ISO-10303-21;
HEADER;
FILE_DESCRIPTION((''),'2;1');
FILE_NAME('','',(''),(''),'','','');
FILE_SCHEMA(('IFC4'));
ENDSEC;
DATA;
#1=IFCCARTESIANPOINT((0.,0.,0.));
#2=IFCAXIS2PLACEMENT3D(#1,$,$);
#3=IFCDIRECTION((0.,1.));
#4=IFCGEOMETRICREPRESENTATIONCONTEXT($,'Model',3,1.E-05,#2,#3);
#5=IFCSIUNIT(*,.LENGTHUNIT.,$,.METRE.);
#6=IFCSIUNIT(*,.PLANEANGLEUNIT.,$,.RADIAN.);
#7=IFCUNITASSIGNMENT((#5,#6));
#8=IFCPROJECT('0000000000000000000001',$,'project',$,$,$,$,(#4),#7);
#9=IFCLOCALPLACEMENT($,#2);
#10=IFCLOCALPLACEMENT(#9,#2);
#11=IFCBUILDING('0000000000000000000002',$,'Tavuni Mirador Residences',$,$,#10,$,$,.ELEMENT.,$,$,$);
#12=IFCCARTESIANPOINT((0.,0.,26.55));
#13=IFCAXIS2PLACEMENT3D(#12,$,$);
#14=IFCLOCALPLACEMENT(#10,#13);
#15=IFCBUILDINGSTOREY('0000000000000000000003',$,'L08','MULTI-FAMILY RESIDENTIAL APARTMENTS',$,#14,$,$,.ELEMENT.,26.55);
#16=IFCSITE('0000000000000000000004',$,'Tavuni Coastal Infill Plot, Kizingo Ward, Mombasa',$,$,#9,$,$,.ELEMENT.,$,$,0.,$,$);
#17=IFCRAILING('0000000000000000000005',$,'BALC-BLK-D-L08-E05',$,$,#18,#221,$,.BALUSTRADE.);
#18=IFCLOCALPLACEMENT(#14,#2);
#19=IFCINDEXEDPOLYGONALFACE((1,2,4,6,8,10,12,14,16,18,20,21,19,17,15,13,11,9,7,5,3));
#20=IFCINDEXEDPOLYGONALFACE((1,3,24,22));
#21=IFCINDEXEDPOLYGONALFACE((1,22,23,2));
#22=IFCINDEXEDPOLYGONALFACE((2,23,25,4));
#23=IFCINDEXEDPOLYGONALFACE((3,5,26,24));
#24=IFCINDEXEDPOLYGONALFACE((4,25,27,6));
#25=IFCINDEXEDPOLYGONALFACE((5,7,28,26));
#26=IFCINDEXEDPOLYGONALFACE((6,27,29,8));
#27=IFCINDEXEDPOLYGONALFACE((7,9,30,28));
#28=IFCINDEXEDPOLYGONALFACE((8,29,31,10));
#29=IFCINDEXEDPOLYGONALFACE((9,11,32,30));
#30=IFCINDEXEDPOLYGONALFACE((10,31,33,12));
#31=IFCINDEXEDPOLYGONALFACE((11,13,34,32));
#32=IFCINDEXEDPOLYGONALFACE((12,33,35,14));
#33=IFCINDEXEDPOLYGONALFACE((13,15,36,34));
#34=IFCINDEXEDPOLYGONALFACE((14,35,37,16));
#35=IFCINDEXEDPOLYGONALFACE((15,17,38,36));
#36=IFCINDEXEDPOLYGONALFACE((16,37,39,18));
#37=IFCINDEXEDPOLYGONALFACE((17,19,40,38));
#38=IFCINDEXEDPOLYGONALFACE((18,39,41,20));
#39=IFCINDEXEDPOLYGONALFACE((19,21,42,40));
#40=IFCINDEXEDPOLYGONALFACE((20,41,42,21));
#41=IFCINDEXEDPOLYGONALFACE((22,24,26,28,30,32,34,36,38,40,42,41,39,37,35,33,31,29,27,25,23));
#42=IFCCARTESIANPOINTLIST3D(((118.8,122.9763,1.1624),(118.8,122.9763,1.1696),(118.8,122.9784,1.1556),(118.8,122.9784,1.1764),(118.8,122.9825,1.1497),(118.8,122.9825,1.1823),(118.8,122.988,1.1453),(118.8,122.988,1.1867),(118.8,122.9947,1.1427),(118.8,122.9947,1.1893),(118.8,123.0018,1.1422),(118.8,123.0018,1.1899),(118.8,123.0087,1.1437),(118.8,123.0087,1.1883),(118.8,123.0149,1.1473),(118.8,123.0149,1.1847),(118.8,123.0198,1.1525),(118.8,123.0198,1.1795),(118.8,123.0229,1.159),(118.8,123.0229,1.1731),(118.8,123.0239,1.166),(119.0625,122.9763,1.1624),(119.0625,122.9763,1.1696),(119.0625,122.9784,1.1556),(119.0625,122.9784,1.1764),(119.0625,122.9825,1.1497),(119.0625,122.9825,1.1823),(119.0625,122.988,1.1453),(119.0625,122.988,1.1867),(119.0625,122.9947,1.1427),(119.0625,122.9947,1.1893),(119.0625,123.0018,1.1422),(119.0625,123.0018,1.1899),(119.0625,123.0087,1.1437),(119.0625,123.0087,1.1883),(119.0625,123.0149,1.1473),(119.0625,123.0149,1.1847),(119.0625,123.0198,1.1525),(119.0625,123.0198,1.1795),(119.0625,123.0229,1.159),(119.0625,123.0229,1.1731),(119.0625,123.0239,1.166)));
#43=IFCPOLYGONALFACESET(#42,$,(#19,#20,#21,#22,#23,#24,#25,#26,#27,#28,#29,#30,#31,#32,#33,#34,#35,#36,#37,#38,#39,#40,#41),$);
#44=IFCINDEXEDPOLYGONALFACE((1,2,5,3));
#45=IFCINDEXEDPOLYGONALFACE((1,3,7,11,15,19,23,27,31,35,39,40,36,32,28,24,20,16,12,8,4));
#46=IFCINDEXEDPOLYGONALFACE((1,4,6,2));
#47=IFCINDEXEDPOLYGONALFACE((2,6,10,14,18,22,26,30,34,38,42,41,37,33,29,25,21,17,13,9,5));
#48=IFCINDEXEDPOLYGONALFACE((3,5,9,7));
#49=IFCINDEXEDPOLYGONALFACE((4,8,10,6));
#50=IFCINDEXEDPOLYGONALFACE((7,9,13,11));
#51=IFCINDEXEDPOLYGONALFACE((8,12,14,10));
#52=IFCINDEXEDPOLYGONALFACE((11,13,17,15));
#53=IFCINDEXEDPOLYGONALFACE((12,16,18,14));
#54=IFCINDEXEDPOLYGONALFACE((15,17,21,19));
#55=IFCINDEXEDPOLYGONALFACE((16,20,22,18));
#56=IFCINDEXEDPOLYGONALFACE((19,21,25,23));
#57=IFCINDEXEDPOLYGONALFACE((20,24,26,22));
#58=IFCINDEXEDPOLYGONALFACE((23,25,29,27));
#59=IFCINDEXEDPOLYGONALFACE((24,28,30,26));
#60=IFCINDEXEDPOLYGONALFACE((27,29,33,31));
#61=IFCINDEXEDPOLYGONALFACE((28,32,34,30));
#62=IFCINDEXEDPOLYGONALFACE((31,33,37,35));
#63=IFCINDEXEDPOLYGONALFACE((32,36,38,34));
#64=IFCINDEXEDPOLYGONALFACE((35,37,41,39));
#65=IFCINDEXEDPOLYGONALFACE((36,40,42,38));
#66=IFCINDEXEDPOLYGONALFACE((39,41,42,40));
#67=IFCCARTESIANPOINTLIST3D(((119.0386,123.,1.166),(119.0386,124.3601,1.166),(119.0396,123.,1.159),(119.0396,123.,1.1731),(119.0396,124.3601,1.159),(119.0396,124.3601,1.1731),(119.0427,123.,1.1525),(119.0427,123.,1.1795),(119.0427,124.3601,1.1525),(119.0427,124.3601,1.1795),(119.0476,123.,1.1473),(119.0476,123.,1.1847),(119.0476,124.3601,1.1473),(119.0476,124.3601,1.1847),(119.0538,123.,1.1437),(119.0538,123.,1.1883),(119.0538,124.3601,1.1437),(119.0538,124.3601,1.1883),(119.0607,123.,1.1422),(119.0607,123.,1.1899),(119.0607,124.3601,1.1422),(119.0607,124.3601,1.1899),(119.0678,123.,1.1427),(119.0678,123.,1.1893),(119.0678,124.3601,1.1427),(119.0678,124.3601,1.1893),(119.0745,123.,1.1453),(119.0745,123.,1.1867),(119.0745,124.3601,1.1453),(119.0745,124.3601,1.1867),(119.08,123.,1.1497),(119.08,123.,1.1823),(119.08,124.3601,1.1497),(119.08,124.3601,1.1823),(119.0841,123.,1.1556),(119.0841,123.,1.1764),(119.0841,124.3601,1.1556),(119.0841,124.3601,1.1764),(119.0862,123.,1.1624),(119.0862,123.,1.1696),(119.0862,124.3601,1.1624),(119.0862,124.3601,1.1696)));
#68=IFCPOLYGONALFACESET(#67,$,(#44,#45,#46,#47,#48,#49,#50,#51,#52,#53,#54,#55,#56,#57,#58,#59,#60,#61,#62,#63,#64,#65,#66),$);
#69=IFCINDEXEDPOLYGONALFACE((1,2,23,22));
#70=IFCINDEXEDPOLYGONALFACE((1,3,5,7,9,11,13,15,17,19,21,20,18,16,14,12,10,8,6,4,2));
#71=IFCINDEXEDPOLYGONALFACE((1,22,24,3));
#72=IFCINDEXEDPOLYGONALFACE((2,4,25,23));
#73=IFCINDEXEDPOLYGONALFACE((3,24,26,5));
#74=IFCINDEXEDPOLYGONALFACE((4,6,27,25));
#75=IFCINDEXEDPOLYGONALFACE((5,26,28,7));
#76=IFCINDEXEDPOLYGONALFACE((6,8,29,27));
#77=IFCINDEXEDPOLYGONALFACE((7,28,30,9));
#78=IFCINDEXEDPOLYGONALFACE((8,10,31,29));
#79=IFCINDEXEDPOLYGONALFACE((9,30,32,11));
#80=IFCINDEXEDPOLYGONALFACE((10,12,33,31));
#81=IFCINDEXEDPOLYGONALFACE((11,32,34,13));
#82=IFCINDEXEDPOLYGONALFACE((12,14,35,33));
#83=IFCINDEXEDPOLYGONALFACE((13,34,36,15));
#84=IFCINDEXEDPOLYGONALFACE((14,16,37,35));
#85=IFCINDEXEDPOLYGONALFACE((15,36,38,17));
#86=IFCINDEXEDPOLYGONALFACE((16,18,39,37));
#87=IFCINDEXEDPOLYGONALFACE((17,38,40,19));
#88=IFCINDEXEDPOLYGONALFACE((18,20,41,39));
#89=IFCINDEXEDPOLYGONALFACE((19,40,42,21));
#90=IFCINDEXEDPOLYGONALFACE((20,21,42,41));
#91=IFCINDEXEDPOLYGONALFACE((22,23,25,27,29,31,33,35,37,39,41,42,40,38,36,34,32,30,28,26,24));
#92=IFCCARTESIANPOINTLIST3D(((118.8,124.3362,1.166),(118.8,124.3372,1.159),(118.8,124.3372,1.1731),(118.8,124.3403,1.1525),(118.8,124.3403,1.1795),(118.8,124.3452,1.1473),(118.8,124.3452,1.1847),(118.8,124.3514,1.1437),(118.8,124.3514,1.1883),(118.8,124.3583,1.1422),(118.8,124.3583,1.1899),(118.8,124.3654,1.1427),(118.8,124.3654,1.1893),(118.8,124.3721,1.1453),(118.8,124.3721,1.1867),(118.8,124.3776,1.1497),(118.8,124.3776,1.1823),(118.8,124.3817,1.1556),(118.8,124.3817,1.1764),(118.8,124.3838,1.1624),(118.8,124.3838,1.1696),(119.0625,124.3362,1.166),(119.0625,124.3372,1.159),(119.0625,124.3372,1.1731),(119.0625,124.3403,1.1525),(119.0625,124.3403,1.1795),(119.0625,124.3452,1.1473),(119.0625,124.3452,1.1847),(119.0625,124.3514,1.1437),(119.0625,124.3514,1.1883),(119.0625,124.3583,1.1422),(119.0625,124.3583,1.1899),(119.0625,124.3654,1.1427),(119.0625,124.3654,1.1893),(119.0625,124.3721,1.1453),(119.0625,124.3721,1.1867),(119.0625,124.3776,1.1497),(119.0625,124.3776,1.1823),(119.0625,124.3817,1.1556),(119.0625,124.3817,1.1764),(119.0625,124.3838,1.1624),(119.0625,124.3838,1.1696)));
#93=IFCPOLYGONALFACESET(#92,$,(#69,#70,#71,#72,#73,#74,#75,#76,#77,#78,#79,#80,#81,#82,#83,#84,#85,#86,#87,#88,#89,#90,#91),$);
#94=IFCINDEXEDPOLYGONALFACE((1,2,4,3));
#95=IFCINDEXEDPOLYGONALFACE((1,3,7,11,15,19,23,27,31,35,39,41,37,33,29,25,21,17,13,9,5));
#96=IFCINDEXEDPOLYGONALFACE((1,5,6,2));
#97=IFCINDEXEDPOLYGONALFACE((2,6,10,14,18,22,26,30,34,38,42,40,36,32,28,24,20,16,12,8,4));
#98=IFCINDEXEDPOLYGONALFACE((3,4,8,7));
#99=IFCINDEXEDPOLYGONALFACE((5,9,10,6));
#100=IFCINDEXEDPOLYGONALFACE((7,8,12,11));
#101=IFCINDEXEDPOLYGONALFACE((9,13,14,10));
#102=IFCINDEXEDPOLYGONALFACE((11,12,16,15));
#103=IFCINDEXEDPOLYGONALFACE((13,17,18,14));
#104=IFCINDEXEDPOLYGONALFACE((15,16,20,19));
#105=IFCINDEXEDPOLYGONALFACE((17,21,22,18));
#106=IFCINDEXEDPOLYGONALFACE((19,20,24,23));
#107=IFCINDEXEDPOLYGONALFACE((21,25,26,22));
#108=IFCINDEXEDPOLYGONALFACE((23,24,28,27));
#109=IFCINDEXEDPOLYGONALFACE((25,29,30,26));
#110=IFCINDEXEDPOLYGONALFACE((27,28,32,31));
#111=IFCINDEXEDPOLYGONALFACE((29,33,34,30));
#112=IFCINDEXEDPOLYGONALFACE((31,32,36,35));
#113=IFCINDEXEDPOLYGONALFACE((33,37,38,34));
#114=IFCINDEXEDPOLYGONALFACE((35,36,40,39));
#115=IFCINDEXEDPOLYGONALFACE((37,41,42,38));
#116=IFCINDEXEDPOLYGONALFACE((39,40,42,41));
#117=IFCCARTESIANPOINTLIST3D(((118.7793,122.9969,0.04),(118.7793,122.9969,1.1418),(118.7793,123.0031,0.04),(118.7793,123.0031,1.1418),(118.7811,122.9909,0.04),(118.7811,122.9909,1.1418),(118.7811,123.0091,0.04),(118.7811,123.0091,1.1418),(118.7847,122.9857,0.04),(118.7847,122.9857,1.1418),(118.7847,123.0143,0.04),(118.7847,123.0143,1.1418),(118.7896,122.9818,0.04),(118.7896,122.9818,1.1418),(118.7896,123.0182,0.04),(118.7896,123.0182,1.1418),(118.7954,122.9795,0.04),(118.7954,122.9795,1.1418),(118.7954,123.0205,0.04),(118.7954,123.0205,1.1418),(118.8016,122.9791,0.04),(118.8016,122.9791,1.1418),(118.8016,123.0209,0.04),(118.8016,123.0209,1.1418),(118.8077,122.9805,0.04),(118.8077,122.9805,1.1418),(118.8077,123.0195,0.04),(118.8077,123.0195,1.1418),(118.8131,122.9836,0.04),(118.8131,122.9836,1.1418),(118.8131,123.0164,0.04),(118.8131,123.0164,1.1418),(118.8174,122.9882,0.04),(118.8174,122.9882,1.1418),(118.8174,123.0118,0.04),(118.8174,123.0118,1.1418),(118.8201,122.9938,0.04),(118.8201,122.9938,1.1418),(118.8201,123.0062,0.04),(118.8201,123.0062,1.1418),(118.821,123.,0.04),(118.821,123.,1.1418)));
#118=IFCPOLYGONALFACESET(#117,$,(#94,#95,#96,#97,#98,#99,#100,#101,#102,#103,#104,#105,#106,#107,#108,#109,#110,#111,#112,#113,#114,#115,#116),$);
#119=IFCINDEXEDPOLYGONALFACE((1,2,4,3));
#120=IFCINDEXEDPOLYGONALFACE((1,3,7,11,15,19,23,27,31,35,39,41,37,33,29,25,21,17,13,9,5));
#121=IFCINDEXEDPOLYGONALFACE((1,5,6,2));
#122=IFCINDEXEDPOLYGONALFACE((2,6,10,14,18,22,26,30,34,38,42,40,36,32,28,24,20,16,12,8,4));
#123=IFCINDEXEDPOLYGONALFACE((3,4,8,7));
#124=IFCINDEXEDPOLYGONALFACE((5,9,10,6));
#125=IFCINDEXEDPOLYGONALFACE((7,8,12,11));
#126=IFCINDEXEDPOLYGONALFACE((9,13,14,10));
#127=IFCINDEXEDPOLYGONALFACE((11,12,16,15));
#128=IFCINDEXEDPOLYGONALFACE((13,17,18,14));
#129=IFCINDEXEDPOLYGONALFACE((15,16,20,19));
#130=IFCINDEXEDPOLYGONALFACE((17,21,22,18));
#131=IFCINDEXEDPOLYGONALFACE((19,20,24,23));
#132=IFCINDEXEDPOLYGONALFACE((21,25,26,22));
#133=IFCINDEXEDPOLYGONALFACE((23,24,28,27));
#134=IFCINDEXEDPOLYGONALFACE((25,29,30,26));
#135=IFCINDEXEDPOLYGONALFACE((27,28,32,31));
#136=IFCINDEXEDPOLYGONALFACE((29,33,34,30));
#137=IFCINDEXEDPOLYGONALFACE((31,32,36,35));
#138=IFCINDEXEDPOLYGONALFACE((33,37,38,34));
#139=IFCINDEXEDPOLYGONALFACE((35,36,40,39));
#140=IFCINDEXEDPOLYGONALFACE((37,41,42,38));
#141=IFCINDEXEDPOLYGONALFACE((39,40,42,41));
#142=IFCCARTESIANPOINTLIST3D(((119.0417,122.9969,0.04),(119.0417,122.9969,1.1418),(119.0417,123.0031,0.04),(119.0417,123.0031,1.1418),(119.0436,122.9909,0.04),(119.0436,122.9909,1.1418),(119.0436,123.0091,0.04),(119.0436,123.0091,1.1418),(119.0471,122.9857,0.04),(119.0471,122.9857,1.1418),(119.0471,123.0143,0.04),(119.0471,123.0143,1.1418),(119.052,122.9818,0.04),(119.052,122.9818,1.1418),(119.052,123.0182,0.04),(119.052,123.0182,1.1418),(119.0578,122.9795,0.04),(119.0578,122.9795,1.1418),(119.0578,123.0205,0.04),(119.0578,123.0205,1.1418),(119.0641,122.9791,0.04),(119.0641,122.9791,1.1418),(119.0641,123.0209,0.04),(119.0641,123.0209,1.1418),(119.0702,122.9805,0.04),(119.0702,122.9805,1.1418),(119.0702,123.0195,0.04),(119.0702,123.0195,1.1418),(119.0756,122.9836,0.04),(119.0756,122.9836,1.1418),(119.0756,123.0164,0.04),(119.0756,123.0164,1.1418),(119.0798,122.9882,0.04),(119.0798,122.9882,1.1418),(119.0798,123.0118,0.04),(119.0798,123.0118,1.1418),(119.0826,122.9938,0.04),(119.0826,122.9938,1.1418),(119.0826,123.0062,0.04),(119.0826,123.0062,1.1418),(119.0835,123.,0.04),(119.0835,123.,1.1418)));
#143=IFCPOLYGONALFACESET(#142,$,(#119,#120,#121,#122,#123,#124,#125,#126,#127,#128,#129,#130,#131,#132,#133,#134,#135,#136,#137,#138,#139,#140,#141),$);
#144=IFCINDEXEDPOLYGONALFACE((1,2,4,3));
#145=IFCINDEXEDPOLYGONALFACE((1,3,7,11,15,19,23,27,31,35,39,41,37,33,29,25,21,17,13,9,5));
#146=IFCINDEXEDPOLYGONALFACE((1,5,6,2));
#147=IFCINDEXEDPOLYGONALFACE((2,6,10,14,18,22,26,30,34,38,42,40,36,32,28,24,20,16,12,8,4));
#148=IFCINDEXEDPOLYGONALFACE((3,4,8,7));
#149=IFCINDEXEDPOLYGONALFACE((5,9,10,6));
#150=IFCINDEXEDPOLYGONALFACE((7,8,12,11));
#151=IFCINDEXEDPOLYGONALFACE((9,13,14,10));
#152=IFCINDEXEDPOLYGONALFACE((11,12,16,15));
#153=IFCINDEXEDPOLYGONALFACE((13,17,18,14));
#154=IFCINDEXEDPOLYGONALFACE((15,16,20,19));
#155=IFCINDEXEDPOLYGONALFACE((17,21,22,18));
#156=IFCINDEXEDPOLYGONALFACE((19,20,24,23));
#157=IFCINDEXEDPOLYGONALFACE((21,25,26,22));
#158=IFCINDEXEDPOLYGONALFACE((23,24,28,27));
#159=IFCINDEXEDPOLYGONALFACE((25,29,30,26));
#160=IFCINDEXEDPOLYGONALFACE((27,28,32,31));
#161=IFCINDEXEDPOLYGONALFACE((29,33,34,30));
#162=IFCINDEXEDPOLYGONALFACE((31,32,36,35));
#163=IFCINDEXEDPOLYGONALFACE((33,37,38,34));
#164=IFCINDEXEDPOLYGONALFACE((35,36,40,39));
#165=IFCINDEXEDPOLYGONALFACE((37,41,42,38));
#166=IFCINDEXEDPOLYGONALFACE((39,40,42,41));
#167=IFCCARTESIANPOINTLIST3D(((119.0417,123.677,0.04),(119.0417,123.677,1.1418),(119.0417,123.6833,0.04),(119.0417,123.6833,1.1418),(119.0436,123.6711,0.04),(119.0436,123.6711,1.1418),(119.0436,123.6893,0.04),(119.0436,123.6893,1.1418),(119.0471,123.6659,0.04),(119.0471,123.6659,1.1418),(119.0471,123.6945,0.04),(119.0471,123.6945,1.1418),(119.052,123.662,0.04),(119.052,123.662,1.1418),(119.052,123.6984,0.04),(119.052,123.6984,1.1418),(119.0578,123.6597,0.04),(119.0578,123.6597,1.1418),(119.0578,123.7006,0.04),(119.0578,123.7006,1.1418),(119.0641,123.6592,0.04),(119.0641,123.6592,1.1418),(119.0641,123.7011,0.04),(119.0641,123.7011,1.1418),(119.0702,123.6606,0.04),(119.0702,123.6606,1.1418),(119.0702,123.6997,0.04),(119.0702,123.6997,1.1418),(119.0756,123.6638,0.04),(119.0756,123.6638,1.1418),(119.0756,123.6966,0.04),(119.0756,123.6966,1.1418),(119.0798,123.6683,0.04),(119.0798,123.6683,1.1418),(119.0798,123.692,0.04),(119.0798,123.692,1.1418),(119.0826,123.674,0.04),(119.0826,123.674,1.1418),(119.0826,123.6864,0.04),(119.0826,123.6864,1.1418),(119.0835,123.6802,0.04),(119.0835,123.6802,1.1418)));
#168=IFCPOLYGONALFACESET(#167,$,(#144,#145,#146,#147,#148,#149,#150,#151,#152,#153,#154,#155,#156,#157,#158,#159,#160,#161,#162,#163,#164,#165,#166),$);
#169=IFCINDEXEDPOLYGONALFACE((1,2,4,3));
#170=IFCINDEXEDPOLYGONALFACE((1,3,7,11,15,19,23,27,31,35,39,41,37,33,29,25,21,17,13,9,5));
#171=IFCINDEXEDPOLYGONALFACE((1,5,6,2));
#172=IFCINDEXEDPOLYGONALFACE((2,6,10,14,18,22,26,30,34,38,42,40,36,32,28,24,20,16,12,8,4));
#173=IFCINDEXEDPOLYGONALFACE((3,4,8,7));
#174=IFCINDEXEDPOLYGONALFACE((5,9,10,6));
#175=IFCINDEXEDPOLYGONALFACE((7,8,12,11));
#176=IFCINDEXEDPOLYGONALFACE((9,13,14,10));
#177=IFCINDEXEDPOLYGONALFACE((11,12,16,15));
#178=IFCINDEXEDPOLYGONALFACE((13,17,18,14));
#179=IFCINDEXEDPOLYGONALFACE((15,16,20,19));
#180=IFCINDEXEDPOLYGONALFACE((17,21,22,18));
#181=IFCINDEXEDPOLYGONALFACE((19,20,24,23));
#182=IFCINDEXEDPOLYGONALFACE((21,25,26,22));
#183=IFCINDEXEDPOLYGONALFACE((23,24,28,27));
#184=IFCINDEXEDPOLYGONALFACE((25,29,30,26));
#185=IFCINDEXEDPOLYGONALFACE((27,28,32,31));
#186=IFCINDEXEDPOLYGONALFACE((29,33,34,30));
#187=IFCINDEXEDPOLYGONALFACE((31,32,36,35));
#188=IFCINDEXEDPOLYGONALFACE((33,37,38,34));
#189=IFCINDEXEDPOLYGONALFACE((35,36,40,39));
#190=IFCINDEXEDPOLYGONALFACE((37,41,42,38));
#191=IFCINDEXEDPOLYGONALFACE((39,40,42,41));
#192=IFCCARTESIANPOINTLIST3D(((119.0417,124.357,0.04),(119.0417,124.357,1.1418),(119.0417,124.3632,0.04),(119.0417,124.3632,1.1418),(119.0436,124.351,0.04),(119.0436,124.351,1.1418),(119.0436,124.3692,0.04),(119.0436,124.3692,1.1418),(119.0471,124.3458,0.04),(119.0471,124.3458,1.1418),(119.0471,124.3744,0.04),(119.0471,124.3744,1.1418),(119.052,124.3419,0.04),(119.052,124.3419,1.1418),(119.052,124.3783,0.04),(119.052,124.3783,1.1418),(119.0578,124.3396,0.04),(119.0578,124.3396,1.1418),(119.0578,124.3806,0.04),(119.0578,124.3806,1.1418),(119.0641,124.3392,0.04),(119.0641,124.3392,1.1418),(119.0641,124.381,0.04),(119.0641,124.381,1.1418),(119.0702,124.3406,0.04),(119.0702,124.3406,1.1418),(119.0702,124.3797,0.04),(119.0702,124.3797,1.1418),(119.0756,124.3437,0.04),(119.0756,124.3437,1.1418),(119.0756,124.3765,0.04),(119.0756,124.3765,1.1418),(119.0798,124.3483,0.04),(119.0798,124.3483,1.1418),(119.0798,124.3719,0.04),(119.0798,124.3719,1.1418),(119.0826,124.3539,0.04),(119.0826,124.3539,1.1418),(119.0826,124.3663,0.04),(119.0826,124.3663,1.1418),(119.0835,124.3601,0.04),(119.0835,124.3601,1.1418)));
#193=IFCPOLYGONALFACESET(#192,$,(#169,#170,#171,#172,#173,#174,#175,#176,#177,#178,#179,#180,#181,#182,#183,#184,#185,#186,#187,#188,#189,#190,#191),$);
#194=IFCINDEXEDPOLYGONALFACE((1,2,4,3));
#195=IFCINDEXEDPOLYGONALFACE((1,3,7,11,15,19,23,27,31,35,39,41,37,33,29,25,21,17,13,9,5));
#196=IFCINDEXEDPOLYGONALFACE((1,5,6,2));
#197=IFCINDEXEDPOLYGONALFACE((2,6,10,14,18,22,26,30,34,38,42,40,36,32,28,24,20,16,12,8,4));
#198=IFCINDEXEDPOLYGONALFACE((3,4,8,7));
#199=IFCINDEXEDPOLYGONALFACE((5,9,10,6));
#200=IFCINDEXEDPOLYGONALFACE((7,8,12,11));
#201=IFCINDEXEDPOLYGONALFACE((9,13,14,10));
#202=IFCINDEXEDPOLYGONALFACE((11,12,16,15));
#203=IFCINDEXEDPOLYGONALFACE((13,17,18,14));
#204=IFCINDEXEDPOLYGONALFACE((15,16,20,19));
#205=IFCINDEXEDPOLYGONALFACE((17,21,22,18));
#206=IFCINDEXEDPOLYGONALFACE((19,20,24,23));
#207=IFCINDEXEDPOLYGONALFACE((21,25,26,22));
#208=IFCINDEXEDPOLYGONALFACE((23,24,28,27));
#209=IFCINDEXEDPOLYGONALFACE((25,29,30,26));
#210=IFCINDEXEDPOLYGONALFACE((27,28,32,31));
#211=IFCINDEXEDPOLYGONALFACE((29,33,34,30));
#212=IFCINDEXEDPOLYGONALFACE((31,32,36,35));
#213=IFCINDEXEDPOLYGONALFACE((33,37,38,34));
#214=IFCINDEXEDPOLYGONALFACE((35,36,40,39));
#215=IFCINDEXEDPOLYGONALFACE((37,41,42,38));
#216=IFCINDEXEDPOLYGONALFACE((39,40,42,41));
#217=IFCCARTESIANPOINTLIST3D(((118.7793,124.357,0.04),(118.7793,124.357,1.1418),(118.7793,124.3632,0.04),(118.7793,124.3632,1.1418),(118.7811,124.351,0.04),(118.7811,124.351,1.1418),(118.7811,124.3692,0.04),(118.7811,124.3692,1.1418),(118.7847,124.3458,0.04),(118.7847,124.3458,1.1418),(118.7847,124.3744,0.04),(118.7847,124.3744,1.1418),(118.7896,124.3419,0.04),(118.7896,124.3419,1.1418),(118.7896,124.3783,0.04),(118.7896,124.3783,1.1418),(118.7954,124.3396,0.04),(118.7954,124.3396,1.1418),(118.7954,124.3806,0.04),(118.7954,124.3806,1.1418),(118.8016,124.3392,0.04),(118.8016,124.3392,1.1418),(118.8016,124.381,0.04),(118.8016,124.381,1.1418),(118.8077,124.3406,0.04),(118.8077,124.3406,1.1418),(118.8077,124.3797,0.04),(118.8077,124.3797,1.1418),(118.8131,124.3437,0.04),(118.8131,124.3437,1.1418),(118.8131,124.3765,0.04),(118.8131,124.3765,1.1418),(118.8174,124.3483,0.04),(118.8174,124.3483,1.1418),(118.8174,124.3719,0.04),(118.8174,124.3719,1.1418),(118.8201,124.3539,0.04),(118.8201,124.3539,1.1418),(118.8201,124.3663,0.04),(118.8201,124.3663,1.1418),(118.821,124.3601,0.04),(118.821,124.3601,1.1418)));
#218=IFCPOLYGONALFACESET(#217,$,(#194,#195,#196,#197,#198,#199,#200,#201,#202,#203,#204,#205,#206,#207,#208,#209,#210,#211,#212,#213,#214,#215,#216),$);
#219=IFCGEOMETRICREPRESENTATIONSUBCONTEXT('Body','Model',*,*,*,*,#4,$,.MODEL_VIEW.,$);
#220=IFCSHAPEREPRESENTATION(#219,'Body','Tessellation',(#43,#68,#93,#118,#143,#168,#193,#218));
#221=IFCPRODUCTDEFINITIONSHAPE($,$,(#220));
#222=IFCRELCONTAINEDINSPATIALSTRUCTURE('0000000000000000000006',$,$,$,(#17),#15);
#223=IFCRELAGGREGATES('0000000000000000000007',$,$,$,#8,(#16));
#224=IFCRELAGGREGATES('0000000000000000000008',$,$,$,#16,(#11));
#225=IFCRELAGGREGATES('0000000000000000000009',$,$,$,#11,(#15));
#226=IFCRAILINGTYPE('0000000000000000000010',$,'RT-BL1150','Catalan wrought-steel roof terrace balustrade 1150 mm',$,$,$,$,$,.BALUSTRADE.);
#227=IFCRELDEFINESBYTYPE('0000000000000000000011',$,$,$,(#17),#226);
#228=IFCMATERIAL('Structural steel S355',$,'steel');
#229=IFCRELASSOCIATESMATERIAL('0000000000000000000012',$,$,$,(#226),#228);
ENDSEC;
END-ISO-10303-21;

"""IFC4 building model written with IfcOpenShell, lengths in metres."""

from ifc_helpers import new_model, si_unit, direction, frame, origin, origin_2d, place, context, subcontext, project, spatial, circle, extrude, material, type_object, element, save


model = new_model("IFC4")

# Units and contexts
model_context = context("Model", 3, precision=1e-05, world=origin(), true_north=direction((0.0, 1.0)))
body_context = subcontext(model_context, "Body", "Model", "MODEL_VIEW")
ifc_project = project(units=[si_unit("LENGTHUNIT", "METRE"), si_unit("PLANEANGLEUNIT", "RADIAN")], contexts=[model_context])

# Site, building, storey
site_placement = place(None, origin())
site = spatial("IfcSite", under=ifc_project, at=site_placement, Name="Tavuni Coastal Infill Plot, Kizingo Ward, Mombasa", CompositionType="ELEMENT", RefElevation=0.0)
building_placement = place(site_placement, origin())
building = spatial("IfcBuilding", under=site, at=building_placement, Name="Tavuni Mirador Residences", CompositionType="ELEMENT")
storey_placement = place(building_placement, frame((0.0, 0.0, 26.55)))
storey = spatial("IfcBuildingStorey", under=building, at=storey_placement, Name="L08", Description="MULTI-FAMILY RESIDENTIAL APARTMENTS", CompositionType="ELEMENT", Elevation=26.55)

# Railing
ifc_material_1 = material(Name="Structural steel S355", Category="steel")
railing_type = type_object("IfcRailingType", Name="RT-BL1150", Description="Catalan wrought-steel roof terrace balustrade 1150 mm", PredefinedType="BALUSTRADE", material=ifc_material_1)
railing_placement = place(storey_placement, frame((118.8, 123.0, 0.04)))
element("IfcRailing", 1, at=railing_placement, inside=storey, type_object=railing_type, Name="BALC-BLK-D-L08-E05", PredefinedType="BALUSTRADE", context=body_context, shape_type="SweptSolid", body=[
    extrude(circle(Radius=0.0239, at=origin_2d()), frame((0.0, 0.0, 1.126), z_axis=(1.0, 0.0, 0.0), x_axis=(0.0, 1.0, 0.0)), (0.0, 0.0, 1.0), 0.2625),
    extrude(circle(Radius=0.0239, at=origin_2d()), frame((0.2625, 0.0, 1.126), z_axis=(0.0, 1.0, 0.0), x_axis=(-1.0, 0.0, 0.0)), (0.0, 0.0, 1.0), 1.3601),
    extrude(circle(Radius=0.0239, at=origin_2d()), frame((0.2625, 1.3601, 1.126), z_axis=(-1.0, 0.0, 0.0), x_axis=(0.0, -1.0, 0.0)), (0.0, 0.0, 1.0), 0.2625),
    extrude(circle(Radius=0.021, at=origin_2d()), origin(), (0.0, 0.0, 1.0), 1.1018),
    extrude(circle(Radius=0.021, at=origin_2d()), frame((0.2625, 0.0, 0.0)), (0.0, 0.0, 1.0), 1.1018),
    extrude(circle(Radius=0.021, at=origin_2d()), frame((0.2625, 0.6802, 0.0)), (0.0, 0.0, 1.0), 1.1018),
    extrude(circle(Radius=0.021, at=origin_2d()), frame((0.2625, 1.3601, 0.0)), (0.0, 0.0, 1.0), 1.1018),
    extrude(circle(Radius=0.021, at=origin_2d()), frame((0.0, 1.3601, 0.0)), (0.0, 0.0, 1.0), 1.1018),
])

save(model, "model.ifc")
